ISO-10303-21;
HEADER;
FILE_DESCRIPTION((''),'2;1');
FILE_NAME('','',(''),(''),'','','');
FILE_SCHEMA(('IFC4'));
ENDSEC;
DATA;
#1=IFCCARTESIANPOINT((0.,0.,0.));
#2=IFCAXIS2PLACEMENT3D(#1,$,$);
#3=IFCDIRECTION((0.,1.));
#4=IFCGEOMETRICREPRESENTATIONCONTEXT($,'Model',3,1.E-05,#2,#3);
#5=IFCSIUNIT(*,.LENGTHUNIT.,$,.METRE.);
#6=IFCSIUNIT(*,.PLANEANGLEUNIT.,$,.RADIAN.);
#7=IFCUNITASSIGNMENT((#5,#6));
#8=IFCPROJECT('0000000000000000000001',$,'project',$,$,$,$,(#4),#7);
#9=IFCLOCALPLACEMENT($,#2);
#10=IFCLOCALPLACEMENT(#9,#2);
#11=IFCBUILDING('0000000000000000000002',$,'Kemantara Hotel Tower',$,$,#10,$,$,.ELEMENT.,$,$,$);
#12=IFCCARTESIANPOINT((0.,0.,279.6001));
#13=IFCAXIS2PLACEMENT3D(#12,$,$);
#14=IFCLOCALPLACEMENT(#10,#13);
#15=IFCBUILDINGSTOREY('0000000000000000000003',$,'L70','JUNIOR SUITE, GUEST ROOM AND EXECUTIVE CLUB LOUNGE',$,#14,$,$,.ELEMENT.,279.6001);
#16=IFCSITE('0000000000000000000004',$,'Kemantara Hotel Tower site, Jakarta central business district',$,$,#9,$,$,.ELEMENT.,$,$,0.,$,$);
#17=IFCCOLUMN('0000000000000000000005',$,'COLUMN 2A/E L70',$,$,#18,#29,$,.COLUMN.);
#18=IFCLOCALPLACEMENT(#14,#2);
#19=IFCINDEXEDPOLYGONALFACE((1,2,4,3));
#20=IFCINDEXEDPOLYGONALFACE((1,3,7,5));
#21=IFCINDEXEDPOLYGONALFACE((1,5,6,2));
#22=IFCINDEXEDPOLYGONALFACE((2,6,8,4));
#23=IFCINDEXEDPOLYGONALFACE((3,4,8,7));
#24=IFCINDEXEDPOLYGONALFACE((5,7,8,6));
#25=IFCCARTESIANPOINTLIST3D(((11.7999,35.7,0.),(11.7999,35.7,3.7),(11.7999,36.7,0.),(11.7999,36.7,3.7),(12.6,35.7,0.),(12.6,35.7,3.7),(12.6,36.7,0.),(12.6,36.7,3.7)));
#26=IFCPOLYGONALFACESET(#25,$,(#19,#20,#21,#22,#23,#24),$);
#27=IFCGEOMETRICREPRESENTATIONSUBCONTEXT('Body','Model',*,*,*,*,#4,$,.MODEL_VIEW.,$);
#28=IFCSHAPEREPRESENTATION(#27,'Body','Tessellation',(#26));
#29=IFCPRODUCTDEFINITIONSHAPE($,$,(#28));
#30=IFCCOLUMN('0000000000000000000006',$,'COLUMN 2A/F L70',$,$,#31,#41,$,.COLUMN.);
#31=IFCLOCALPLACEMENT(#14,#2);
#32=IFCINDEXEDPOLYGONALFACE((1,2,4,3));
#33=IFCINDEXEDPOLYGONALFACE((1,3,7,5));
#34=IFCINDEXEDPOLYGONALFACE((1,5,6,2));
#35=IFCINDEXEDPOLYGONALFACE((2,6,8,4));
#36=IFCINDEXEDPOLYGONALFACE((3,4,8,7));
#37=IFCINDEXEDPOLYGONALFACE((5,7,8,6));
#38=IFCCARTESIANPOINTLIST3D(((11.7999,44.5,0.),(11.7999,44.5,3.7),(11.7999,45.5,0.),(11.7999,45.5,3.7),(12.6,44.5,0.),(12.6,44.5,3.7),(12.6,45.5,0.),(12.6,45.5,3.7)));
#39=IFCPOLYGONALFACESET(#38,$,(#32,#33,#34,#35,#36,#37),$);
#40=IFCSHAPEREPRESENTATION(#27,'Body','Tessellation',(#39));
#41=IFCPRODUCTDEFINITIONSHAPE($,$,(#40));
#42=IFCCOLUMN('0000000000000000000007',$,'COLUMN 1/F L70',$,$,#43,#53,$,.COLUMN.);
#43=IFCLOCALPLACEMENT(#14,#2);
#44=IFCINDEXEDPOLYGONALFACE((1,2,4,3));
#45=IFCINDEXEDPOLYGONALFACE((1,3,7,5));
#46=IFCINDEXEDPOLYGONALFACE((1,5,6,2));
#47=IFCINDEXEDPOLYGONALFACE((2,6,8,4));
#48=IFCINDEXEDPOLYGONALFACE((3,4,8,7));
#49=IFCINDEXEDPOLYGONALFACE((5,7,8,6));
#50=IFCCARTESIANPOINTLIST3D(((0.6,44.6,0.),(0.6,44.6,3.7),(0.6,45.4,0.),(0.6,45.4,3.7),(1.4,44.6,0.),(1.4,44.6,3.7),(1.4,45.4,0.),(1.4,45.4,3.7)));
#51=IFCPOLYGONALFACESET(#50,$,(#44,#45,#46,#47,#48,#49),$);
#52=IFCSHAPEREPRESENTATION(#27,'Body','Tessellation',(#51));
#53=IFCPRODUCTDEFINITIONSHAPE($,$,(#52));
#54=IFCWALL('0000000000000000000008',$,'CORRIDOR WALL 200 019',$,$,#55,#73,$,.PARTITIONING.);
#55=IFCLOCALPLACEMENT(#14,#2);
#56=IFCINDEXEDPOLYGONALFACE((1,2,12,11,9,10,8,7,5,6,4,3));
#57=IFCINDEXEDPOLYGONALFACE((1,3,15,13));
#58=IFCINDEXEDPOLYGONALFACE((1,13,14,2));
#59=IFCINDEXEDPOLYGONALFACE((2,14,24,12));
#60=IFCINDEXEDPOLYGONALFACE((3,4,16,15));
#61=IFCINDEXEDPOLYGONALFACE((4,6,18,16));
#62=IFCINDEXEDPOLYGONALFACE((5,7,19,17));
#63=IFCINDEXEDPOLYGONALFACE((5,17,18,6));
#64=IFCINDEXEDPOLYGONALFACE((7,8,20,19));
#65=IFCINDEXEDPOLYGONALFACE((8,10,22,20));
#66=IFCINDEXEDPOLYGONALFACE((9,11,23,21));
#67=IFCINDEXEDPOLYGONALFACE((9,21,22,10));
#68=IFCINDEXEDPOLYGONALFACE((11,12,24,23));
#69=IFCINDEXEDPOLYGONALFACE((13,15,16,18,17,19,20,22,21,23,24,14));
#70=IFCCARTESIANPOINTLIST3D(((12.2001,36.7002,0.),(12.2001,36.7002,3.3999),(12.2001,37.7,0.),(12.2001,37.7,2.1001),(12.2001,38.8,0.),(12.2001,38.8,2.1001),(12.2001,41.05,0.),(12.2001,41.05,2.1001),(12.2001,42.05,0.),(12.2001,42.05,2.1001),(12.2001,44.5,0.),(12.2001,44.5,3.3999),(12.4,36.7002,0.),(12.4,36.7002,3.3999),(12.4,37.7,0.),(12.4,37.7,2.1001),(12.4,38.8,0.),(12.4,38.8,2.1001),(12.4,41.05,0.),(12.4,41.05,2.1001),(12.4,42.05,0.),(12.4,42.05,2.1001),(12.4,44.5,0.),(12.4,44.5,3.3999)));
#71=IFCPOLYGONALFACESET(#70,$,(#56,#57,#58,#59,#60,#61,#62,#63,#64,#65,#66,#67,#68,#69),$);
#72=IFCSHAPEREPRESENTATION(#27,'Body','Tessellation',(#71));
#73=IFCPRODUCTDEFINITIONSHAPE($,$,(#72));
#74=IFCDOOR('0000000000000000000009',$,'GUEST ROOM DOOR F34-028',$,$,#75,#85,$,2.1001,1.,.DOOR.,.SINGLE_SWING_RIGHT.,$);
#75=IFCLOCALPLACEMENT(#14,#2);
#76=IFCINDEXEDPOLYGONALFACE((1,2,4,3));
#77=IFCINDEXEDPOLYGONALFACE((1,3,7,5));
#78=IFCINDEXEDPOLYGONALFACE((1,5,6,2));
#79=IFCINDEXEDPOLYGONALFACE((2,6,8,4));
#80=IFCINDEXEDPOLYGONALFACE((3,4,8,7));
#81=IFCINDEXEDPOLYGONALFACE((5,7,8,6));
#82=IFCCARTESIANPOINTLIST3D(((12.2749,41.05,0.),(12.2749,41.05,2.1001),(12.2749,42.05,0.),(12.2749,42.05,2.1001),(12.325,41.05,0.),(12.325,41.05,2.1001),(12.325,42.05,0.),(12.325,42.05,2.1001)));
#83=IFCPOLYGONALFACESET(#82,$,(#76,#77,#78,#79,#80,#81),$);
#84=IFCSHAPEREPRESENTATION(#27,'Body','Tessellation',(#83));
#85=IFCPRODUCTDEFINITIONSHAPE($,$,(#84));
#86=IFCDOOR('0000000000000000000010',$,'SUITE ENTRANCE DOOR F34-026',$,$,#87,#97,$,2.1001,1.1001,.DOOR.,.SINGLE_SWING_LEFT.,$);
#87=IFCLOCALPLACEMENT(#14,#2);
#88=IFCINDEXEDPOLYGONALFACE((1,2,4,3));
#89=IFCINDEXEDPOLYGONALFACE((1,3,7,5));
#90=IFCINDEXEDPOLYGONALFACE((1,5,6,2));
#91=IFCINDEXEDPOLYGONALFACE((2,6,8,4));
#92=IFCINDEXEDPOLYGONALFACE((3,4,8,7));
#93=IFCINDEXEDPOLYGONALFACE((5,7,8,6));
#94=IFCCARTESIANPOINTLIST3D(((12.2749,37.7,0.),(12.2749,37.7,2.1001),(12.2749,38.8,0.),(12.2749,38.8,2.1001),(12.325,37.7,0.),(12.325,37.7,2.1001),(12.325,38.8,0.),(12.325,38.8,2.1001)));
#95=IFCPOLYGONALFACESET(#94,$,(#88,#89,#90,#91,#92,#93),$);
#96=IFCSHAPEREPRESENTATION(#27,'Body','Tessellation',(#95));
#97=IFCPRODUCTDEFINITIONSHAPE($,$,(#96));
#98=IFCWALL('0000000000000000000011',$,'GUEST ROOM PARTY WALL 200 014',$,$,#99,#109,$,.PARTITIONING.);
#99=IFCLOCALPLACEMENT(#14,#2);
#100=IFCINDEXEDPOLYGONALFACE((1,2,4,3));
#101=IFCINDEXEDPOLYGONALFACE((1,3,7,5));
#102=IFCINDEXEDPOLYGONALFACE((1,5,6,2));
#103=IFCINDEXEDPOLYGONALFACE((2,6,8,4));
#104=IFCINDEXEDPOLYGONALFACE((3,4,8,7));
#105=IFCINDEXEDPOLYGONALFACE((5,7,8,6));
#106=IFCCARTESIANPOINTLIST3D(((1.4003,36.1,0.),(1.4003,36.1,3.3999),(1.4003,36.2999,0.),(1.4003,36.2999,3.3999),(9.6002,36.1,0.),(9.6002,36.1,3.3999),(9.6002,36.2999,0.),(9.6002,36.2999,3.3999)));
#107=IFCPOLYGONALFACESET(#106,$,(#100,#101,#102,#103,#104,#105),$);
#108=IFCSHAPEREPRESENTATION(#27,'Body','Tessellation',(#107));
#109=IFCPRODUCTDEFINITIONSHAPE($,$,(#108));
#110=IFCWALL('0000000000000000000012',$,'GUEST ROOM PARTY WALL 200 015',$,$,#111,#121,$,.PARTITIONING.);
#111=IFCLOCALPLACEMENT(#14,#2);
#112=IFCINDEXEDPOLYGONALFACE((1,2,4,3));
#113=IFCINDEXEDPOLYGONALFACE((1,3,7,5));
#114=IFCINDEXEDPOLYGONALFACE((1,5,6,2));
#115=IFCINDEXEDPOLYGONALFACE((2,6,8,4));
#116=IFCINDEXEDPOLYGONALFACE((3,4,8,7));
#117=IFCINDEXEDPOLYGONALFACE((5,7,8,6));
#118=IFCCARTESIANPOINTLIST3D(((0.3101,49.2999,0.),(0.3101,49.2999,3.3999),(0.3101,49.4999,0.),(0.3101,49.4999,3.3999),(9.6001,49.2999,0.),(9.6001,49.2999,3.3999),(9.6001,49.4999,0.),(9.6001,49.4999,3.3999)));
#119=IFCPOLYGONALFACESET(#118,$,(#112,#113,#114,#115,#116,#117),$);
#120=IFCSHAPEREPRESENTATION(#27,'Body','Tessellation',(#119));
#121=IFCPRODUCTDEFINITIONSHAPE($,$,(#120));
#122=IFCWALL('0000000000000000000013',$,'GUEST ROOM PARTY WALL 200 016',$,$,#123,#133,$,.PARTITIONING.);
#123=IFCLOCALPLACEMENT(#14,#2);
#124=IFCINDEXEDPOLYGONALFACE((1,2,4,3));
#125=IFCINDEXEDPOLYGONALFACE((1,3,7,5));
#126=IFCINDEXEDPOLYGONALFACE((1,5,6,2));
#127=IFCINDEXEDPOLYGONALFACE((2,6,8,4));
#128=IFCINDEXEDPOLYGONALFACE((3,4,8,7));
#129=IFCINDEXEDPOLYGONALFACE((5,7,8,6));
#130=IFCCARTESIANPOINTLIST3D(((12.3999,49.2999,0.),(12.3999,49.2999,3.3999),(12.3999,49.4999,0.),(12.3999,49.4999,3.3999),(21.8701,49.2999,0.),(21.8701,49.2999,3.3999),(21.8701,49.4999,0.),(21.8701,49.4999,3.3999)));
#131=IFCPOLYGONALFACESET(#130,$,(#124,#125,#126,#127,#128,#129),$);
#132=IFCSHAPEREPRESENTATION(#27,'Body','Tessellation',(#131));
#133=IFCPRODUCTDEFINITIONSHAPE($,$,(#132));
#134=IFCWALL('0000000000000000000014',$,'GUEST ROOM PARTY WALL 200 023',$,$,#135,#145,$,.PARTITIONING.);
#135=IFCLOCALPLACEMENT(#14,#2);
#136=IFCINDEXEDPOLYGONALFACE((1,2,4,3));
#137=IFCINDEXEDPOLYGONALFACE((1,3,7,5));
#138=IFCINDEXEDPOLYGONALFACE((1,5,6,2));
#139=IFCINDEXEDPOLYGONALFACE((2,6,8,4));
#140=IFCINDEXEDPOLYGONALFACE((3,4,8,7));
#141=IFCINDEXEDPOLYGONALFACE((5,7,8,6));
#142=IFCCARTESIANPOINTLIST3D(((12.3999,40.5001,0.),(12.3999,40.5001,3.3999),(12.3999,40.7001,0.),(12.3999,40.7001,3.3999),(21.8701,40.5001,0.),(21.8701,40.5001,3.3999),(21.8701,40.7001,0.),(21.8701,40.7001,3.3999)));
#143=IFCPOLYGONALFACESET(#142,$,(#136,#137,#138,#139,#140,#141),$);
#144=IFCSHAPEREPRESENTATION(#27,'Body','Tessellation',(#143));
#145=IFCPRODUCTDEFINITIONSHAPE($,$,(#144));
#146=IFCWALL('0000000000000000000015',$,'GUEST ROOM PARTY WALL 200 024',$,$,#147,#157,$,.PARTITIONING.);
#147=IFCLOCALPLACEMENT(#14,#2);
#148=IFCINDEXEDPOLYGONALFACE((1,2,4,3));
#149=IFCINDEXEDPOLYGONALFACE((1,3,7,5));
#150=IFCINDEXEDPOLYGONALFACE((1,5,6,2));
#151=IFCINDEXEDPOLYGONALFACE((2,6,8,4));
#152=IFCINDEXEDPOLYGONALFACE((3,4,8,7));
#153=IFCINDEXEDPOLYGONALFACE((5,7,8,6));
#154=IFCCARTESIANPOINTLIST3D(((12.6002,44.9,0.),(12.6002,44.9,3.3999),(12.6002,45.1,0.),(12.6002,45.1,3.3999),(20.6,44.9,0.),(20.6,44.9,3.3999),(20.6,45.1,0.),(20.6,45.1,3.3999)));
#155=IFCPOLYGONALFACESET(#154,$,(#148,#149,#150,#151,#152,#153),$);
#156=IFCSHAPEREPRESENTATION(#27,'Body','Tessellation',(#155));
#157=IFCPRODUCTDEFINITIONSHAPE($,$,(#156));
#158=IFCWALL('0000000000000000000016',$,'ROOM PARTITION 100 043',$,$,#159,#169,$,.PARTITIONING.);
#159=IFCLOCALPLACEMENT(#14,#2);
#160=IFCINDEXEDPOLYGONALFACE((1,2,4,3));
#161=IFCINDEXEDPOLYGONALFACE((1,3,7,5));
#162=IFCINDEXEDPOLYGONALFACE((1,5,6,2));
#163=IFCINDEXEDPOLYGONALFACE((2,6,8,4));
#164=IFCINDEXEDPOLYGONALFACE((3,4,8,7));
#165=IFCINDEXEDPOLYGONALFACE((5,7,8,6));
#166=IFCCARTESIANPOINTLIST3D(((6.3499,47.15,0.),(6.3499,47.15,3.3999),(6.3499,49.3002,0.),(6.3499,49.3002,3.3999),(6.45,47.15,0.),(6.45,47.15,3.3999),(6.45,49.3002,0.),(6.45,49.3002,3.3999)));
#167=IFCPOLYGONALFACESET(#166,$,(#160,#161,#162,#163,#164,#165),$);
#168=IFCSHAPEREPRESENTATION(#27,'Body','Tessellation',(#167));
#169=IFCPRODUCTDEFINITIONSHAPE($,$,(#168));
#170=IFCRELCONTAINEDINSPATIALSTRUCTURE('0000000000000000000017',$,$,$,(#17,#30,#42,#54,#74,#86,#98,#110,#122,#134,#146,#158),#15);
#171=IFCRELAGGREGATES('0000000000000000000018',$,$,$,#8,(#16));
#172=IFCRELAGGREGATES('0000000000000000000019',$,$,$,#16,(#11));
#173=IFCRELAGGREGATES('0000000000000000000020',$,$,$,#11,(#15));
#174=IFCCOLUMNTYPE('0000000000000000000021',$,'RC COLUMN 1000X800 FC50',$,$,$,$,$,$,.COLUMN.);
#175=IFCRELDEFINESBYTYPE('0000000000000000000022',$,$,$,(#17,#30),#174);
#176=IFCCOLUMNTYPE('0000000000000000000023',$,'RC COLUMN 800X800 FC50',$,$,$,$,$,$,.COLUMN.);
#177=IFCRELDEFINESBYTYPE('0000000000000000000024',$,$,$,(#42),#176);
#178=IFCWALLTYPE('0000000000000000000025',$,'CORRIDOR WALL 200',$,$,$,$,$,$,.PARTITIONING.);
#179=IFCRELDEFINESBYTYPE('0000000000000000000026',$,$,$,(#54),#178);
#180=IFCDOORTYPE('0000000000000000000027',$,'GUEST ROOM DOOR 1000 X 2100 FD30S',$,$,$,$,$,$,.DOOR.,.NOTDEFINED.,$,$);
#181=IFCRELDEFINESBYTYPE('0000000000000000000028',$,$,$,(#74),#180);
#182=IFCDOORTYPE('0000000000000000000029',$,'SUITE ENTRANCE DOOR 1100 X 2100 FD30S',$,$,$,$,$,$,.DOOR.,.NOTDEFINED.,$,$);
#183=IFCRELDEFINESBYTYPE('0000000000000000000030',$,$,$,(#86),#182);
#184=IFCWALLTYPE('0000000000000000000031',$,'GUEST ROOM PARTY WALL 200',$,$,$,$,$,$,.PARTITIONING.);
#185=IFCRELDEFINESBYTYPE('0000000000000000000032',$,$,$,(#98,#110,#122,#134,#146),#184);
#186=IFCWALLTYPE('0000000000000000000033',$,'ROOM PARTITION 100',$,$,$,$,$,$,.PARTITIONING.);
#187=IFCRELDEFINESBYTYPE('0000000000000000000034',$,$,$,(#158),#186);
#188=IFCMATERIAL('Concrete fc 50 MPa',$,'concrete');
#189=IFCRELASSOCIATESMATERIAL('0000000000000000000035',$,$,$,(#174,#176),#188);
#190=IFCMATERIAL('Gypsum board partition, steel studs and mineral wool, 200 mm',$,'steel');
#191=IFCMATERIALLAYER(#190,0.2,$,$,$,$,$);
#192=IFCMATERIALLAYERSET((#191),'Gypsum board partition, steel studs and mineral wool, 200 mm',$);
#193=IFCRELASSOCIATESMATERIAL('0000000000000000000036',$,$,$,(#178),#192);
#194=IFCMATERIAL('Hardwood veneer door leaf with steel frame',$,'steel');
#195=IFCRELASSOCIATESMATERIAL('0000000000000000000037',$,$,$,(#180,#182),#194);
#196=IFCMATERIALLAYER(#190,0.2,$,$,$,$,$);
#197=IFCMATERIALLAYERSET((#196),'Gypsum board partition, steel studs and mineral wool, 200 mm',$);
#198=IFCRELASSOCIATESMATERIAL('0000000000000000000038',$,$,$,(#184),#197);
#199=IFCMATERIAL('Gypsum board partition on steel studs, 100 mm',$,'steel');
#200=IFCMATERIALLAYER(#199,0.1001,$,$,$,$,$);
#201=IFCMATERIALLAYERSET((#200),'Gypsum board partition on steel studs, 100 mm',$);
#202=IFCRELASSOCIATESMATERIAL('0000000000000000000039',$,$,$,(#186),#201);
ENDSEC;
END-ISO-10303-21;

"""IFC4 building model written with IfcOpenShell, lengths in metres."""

from ifc_helpers import new_model, si_unit, direction, frame, frame_2d, origin, origin_2d, place, context, subcontext, project, spatial, rectangle, extrude, material, layer, layer_set, material_profile, profile_set, type_object, element, fill, save


model = new_model("IFC4")

# Units and contexts
model_context = context("Model", 3, precision=1e-05, world=origin(), true_north=direction((0.0, 1.0)))
body_context = subcontext(model_context, "Body", "Model", "MODEL_VIEW")
ifc_project = project(units=[si_unit("LENGTHUNIT", "METRE"), si_unit("PLANEANGLEUNIT", "RADIAN")], contexts=[model_context])

# Site, building, storey
site_placement = place(None, origin())
site = spatial("IfcSite", under=ifc_project, at=site_placement, Name="Kemantara Hotel Tower site, Jakarta central business district", CompositionType="ELEMENT", RefElevation=0.0)
building_placement = place(site_placement, origin())
building = spatial("IfcBuilding", under=site, at=building_placement, Name="Kemantara Hotel Tower", CompositionType="ELEMENT")
storey_placement = place(building_placement, frame((0.0, 0.0, 279.6001)))
storey = spatial("IfcBuildingStorey", under=building, at=storey_placement, Name="L70", Description="JUNIOR SUITE, GUEST ROOM AND EXECUTIVE CLUB LOUNGE", CompositionType="ELEMENT", Elevation=279.6001)

# Columns
ifc_material_1 = material(Name="Concrete fc 50 MPa", Category="concrete")
ifc_material_profile_1 = material_profile(ifc_material_1, rectangle(XDim=1.0, YDim=0.8, at=origin_2d()), Name="RC 1000X800")
ifc_profile_set_1 = profile_set([ifc_material_profile_1], Name="Concrete fc 50 MPa")
column_type_1 = type_object("IfcColumnType", Name="RC COLUMN 1000X800 FC50", PredefinedType="COLUMN", material=ifc_profile_set_1)
for number, where, z_axis, x_axis, name in (
    (1, (12.2, 36.2, 0.0), (0.0, 0.0, 1.0), (0.0, 1.0, 0.0), "COLUMN 2A/E L70"),
    (2, (12.2, 45.0, 0.0), (0.0, 0.0, 1.0), (0.0, 1.0, 0.0), "COLUMN 2A/F L70"),
):
    element("IfcColumn", number, at=place(storey_placement, frame(where, z_axis=z_axis, x_axis=x_axis)), inside=storey, type_object=column_type_1, Name=name, PredefinedType="COLUMN", context=body_context, shape_type="SweptSolid", body=[
        extrude(rectangle(XDim=1.0, YDim=0.8, at=origin_2d()), origin(), (0.0, 0.0, 1.0), 3.7),
    ])
ifc_material_profile_2 = material_profile(ifc_material_1, rectangle(XDim=0.8, YDim=0.8, at=origin_2d()), Name="RC 800X800")
ifc_profile_set_2 = profile_set([ifc_material_profile_2], Name="Concrete fc 50 MPa")
column_type_2 = type_object("IfcColumnType", Name="RC COLUMN 800X800 FC50", PredefinedType="COLUMN", material=ifc_profile_set_2)
column_placement = place(storey_placement, frame((1.0, 45.0, 0.0), z_axis=(0.0, 0.0, 1.0), x_axis=(1.0, 0.0, 0.0)))
element("IfcColumn", 3, at=column_placement, inside=storey, type_object=column_type_2, Name="COLUMN 1/F L70", PredefinedType="COLUMN", context=body_context, shape_type="SweptSolid", body=[
    extrude(rectangle(XDim=0.8, YDim=0.8, at=origin_2d()), origin(), (0.0, 0.0, 1.0), 3.7),
])

# Wall, openings, doors
ifc_material_2 = material(Name="Gypsum board partition, steel studs and mineral wool, 200 mm", Category="steel")
ifc_layer_1 = layer(ifc_material_2, 0.2)
ifc_layer_set_1 = layer_set([ifc_layer_1], Name="Gypsum board partition, steel studs and mineral wool, 200 mm")
wall_type_1 = type_object("IfcWallType", Name="CORRIDOR WALL 200", PredefinedType="PARTITIONING", material=ifc_layer_set_1)
wall_1_placement = place(storey_placement, frame((12.3, 44.5, 0.0), z_axis=(0.0, 0.0, 1.0), x_axis=(0.0, -1.0, 0.0)))
wall_1 = element("IfcWall", 4, at=wall_1_placement, inside=storey, type_object=wall_type_1, Name="CORRIDOR WALL 200 019", PredefinedType="PARTITIONING", context=body_context, shape_type="SweptSolid", body=[
    extrude(rectangle(XDim=7.7998, YDim=0.2, at=frame_2d((3.8999, 0.0))), origin(), (0.0, 0.0, 1.0), 3.3999),
])
opening_1_placement = place(wall_1_placement, frame((5.7, 0.0, 0.0)))
opening_1 = element("IfcOpeningElement", 5, at=opening_1_placement, cuts=wall_1, PredefinedType="OPENING", context=body_context, shape_type="SweptSolid", body=[
    extrude(rectangle(XDim=1.1001, YDim=2.1001, at=frame_2d((0.55, 1.05))), frame((0.0, 0.1099, 0.0), z_axis=(0.0, -1.0, 0.0), x_axis=(1.0, 0.0, 0.0)), (0.0, 0.0, 1.0), 0.22),
])
opening_2_placement = place(wall_1_placement, frame((2.45, 0.0, 0.0)))
opening_2 = element("IfcOpeningElement", 6, at=opening_2_placement, cuts=wall_1, PredefinedType="OPENING", context=body_context, shape_type="SweptSolid", body=[
    extrude(rectangle(XDim=1.0, YDim=2.1001, at=frame_2d((0.5, 1.05))), frame((0.0, 0.1099, 0.0), z_axis=(0.0, -1.0, 0.0), x_axis=(1.0, 0.0, 0.0)), (0.0, 0.0, 1.0), 0.22),
])
ifc_material_3 = material(Name="Hardwood veneer door leaf with steel frame", Category="steel")
door_type_1 = type_object("IfcDoorType", Name="GUEST ROOM DOOR 1000 X 2100 FD30S", OperationType="NOTDEFINED", PredefinedType="DOOR", material=ifc_material_3)
door_1_placement = place(opening_2_placement, origin())
door_1 = element("IfcDoor", 7, at=door_1_placement, inside=storey, type_object=door_type_1, Name="GUEST ROOM DOOR F34-028", OperationType="SINGLE_SWING_RIGHT", OverallHeight=2.1001, OverallWidth=1.0, PredefinedType="DOOR", context=body_context, shape_type="SweptSolid", body=[
    extrude(rectangle(XDim=1.0, YDim=2.1001, at=frame_2d((0.5, 1.05))), frame((0.0, 0.0249, 0.0), z_axis=(0.0, -1.0, 0.0), x_axis=(1.0, 0.0, 0.0)), (0.0, 0.0, 1.0), 0.05),
])
fill(opening_2, door_1)
door_type_2 = type_object("IfcDoorType", Name="SUITE ENTRANCE DOOR 1100 X 2100 FD30S", OperationType="NOTDEFINED", PredefinedType="DOOR", material=ifc_material_3)
door_2_placement = place(opening_1_placement, origin())
door_2 = element("IfcDoor", 8, at=door_2_placement, inside=storey, type_object=door_type_2, Name="SUITE ENTRANCE DOOR F34-026", OperationType="SINGLE_SWING_LEFT", OverallHeight=2.1001, OverallWidth=1.1001, PredefinedType="DOOR", context=body_context, shape_type="SweptSolid", body=[
    extrude(rectangle(XDim=1.1001, YDim=2.1001, at=frame_2d((0.55, 1.05))), frame((0.0, 0.0249, 0.0), z_axis=(0.0, -1.0, 0.0), x_axis=(1.0, 0.0, 0.0)), (0.0, 0.0, 1.0), 0.05),
])
fill(opening_1, door_2)

# Walls
ifc_layer_2 = layer(ifc_material_2, 0.2)
ifc_layer_set_2 = layer_set([ifc_layer_2], Name="Gypsum board partition, steel studs and mineral wool, 200 mm")
wall_type_2 = type_object("IfcWallType", Name="GUEST ROOM PARTY WALL 200", PredefinedType="PARTITIONING", material=ifc_layer_set_2)
wall_2_placement = place(storey_placement, frame((1.4001, 36.2, 0.0), z_axis=(0.0, 0.0, 1.0), x_axis=(1.0, 0.0, 0.0)))
element("IfcWall", 9, at=wall_2_placement, inside=storey, type_object=wall_type_2, Name="GUEST ROOM PARTY WALL 200 014", PredefinedType="PARTITIONING", context=body_context, shape_type="SweptSolid", body=[
    extrude(rectangle(XDim=8.2, YDim=0.2, at=frame_2d((4.1001, 0.0))), origin(), (0.0, 0.0, 1.0), 3.3999),
])
wall_3_placement = place(storey_placement, frame((0.3101, 49.3999, 0.0), z_axis=(0.0, 0.0, 1.0), x_axis=(1.0, 0.0, 0.0)))
element("IfcWall", 10, at=wall_3_placement, inside=storey, type_object=wall_type_2, Name="GUEST ROOM PARTY WALL 200 015", PredefinedType="PARTITIONING", context=body_context, shape_type="SweptSolid", body=[
    extrude(rectangle(XDim=9.29, YDim=0.2, at=frame_2d((4.645, 0.0))), origin(), (0.0, 0.0, 1.0), 3.3999),
])
for number, where, z_axis, x_axis, name in (
    (11, (12.3999, 49.3999, 0.0), (0.0, 0.0, 1.0), (1.0, 0.0, 0.0), "GUEST ROOM PARTY WALL 200 016"),
    (12, (12.3999, 40.6001, 0.0), (0.0, 0.0, 1.0), (1.0, 0.0, 0.0), "GUEST ROOM PARTY WALL 200 023"),
):
    element("IfcWall", number, at=place(storey_placement, frame(where, z_axis=z_axis, x_axis=x_axis)), inside=storey, type_object=wall_type_2, Name=name, PredefinedType="PARTITIONING", context=body_context, shape_type="SweptSolid", body=[
        extrude(rectangle(XDim=9.4702, YDim=0.2, at=frame_2d((4.7351, 0.0))), origin(), (0.0, 0.0, 1.0), 3.3999),
    ])
wall_4_placement = place(storey_placement, frame((12.6001, 45.0, 0.0), z_axis=(0.0, 0.0, 1.0), x_axis=(1.0, 0.0, 0.0)))
element("IfcWall", 13, at=wall_4_placement, inside=storey, type_object=wall_type_2, Name="GUEST ROOM PARTY WALL 200 024", PredefinedType="PARTITIONING", context=body_context, shape_type="SweptSolid", body=[
    extrude(rectangle(XDim=7.9998, YDim=0.2, at=frame_2d((4.0, 0.0))), origin(), (0.0, 0.0, 1.0), 3.3999),
])
ifc_material_4 = material(Name="Gypsum board partition on steel studs, 100 mm", Category="steel")
ifc_layer_3 = layer(ifc_material_4, 0.1001)
ifc_layer_set_3 = layer_set([ifc_layer_3], Name="Gypsum board partition on steel studs, 100 mm")
wall_type_3 = type_object("IfcWallType", Name="ROOM PARTITION 100", PredefinedType="PARTITIONING", material=ifc_layer_set_3)
wall_5_placement = place(storey_placement, frame((6.3999, 47.1499, 0.0), z_axis=(0.0, 0.0, 1.0), x_axis=(0.0, 1.0, 0.0)))
element("IfcWall", 14, at=wall_5_placement, inside=storey, type_object=wall_type_3, Name="ROOM PARTITION 100 043", PredefinedType="PARTITIONING", context=body_context, shape_type="SweptSolid", body=[
    extrude(rectangle(XDim=2.1501, YDim=0.1001, at=frame_2d((1.0752, 0.0))), origin(), (0.0, 0.0, 1.0), 3.3999),
])

save(model, "model.ifc")
